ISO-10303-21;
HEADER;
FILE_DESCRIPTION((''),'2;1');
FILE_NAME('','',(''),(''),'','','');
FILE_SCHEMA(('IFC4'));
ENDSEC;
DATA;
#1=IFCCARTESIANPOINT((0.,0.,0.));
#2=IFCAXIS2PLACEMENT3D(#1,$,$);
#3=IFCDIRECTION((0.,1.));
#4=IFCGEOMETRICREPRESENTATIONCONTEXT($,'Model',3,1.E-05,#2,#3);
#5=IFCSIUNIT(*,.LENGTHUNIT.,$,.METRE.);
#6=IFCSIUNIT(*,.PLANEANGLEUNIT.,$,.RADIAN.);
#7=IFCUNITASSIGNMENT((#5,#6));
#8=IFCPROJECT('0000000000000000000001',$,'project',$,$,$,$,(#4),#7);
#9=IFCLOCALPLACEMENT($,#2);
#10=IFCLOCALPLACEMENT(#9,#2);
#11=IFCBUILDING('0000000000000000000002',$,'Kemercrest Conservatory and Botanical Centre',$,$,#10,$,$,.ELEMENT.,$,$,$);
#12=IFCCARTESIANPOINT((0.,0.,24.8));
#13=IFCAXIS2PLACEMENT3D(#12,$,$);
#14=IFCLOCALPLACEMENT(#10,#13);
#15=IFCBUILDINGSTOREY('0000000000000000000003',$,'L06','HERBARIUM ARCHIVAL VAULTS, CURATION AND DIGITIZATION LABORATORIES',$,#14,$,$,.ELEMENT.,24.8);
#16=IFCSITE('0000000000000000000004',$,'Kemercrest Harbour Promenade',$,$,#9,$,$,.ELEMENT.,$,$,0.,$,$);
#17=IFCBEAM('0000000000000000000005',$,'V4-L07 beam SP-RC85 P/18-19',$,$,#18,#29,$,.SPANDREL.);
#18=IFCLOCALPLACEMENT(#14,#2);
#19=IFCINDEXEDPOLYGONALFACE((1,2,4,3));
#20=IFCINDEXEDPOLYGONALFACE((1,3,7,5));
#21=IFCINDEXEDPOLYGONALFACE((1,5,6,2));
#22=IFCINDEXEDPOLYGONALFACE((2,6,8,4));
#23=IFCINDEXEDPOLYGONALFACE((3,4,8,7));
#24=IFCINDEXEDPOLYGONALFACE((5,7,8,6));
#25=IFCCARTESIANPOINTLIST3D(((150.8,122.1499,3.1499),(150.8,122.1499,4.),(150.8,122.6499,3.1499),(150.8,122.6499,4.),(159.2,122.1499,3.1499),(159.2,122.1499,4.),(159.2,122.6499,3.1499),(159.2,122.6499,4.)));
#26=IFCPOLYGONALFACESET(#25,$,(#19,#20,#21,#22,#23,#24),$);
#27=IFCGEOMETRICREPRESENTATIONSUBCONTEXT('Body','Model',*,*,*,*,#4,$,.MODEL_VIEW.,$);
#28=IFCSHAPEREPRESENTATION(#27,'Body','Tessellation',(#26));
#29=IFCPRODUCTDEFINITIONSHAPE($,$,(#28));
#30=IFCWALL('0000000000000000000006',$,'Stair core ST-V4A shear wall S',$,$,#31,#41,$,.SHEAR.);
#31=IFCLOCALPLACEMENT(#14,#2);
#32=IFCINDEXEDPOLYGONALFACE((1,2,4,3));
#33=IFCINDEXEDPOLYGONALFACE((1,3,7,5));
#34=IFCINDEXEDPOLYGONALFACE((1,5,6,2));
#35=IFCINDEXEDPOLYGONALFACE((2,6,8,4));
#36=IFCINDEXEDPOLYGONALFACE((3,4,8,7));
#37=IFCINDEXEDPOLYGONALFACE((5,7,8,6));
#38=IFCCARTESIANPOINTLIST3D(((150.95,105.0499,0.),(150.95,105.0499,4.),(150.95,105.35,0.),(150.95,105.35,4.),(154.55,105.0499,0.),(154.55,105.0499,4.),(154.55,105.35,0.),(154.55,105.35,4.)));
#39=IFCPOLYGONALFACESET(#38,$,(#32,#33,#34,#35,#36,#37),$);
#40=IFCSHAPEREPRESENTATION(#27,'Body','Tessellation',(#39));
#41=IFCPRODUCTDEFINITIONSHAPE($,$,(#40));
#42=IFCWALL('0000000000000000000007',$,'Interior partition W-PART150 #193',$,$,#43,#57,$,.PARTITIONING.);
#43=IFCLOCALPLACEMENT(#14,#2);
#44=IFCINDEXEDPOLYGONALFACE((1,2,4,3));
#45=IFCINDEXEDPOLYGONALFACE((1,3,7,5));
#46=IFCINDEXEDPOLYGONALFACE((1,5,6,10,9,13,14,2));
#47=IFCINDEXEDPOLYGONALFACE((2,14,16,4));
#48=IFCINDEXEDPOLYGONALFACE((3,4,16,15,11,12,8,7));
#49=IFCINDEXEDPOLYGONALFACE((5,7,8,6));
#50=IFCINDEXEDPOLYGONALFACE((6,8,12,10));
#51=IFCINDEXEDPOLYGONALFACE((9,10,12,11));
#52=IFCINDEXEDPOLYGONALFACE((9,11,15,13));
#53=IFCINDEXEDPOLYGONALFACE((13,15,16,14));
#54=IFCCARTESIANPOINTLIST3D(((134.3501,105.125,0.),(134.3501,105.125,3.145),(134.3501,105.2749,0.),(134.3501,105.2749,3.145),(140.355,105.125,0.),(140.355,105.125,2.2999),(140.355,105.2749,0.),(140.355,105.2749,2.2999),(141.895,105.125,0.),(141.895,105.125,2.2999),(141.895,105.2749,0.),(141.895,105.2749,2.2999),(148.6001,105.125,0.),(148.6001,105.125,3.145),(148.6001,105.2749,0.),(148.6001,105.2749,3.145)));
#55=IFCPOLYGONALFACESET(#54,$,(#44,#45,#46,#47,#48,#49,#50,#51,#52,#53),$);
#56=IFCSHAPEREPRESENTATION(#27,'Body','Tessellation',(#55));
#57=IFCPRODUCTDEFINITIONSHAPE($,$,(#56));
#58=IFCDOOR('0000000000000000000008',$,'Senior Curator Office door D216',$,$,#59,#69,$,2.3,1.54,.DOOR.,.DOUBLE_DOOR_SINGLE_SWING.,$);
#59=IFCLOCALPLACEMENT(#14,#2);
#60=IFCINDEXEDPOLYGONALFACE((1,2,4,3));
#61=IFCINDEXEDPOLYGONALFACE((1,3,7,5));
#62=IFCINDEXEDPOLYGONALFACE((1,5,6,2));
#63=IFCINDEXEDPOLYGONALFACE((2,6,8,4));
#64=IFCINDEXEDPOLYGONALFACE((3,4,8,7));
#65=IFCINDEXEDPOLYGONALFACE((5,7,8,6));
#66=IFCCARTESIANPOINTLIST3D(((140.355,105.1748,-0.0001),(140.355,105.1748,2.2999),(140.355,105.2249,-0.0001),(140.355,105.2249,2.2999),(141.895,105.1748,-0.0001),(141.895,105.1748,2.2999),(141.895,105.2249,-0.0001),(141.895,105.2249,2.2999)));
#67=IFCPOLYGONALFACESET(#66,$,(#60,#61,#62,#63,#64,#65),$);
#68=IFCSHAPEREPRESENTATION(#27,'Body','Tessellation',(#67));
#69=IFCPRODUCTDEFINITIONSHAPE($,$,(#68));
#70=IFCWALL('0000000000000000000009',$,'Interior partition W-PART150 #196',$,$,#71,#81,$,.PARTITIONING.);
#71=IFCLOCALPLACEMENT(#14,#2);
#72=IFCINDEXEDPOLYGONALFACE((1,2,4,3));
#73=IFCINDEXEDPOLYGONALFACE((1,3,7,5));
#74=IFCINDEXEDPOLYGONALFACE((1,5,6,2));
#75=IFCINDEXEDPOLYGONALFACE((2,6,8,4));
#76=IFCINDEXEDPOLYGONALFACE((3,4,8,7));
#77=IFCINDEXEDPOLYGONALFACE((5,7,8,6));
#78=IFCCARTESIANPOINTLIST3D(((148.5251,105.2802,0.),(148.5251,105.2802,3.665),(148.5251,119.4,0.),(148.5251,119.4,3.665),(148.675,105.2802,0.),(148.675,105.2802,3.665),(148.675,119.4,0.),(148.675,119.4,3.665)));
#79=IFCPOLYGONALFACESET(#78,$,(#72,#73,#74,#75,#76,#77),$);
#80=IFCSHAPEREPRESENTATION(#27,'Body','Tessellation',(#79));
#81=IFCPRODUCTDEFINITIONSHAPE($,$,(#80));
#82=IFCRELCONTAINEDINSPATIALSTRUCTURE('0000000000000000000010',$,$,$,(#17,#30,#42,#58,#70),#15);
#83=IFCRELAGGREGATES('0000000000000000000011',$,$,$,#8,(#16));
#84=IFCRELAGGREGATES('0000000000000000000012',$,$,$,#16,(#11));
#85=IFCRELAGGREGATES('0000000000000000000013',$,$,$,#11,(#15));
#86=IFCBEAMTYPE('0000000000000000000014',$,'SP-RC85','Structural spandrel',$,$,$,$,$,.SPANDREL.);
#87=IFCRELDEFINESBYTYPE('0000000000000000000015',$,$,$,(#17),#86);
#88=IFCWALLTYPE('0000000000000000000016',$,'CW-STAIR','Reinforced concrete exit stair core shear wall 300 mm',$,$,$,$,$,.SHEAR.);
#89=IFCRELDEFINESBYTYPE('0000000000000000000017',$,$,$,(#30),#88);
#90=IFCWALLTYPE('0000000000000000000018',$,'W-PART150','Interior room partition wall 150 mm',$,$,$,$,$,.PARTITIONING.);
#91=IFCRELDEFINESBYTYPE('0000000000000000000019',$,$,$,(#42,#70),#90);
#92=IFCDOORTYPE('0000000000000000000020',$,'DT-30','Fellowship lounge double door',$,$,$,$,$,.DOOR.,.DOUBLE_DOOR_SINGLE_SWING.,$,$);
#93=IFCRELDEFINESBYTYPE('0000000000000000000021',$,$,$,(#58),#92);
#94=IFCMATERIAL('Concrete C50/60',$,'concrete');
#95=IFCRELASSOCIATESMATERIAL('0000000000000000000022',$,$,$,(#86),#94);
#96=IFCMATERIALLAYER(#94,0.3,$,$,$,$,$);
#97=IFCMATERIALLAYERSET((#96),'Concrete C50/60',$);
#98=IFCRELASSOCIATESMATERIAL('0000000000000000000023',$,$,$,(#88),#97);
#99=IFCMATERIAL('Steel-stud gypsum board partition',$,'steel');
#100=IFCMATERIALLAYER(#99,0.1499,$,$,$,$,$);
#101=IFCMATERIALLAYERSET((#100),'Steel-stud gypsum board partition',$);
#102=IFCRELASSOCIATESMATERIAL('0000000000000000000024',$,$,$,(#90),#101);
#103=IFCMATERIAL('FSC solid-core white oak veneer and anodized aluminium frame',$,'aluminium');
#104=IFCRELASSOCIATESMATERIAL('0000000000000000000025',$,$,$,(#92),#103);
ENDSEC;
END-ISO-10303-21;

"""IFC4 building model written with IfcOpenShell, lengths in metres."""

from ifc_helpers import new_model, si_unit, direction, frame, frame_2d, origin, origin_2d, place, context, subcontext, project, spatial, rectangle, extrude, material, layer, layer_set, material_profile, profile_set, type_object, element, fill, save


model = new_model("IFC4")

# Units and contexts
model_context = context("Model", 3, precision=1e-05, world=origin(), true_north=direction((0.0, 1.0)))
body_context = subcontext(model_context, "Body", "Model", "MODEL_VIEW")
ifc_project = project(units=[si_unit("LENGTHUNIT", "METRE"), si_unit("PLANEANGLEUNIT", "RADIAN")], contexts=[model_context])

# Site, building, storey
site_placement = place(None, origin())
site = spatial("IfcSite", under=ifc_project, at=site_placement, Name="Kemercrest Harbour Promenade", CompositionType="ELEMENT", RefElevation=0.0)
building_placement = place(site_placement, origin())
building = spatial("IfcBuilding", under=site, at=building_placement, Name="Kemercrest Conservatory and Botanical Centre", CompositionType="ELEMENT")
storey_placement = place(building_placement, frame((0.0, 0.0, 24.8)))
storey = spatial("IfcBuildingStorey", under=building, at=storey_placement, Name="L06", Description="HERBARIUM ARCHIVAL VAULTS, CURATION AND DIGITIZATION LABORATORIES", CompositionType="ELEMENT", Elevation=24.8)

# Shared definitions
ifc_material_1 = material(Name="Concrete C50/60", Category="concrete")

# Beam
ifc_material_profile_1 = material_profile(ifc_material_1, rectangle(XDim=0.5, YDim=0.8501, at=origin_2d()), Name="RC 500x850")
ifc_profile_set_1 = profile_set([ifc_material_profile_1], Name="Concrete C50/60")
beam_type_1 = type_object("IfcBeamType", Name="SP-RC85", Description="Structural spandrel", PredefinedType="SPANDREL", material=ifc_profile_set_1)
beam_1_placement = place(storey_placement, frame((150.8, 122.3999, 3.575), z_axis=(1.0, 0.0, 0.0), x_axis=(0.0, 1.0, 0.0)))
element("IfcBeam", 1, at=beam_1_placement, inside=storey, type_object=beam_type_1, Name="V4-L07 beam SP-RC85 P/18-19", PredefinedType="SPANDREL", context=body_context, shape_type="SweptSolid", body=[
    extrude(rectangle(XDim=0.5, YDim=0.8501, at=origin_2d()), origin(), (0.0, 0.0, 1.0), 8.3999),
])

# Wall
ifc_layer_1 = layer(ifc_material_1, 0.3)
ifc_layer_set_1 = layer_set([ifc_layer_1], Name="Concrete C50/60")
wall_type_1 = type_object("IfcWallType", Name="CW-STAIR", Description="Reinforced concrete exit stair core shear wall 300 mm", PredefinedType="SHEAR", material=ifc_layer_set_1)
wall_1_placement = place(storey_placement, frame((150.95, 105.2, 0.0), z_axis=(0.0, 0.0, 1.0), x_axis=(1.0, 0.0, 0.0)))
element("IfcWall", 2, at=wall_1_placement, inside=storey, type_object=wall_type_1, Name="Stair core ST-V4A shear wall S", PredefinedType="SHEAR", context=body_context, shape_type="SweptSolid", body=[
    extrude(rectangle(XDim=3.6001, YDim=0.3, at=frame_2d((1.8, 0.0))), origin(), (0.0, 0.0, 1.0), 4.0),
])

# Wall, opening, door
ifc_material_2 = material(Name="Steel-stud gypsum board partition", Category="steel")
ifc_layer_2 = layer(ifc_material_2, 0.1499)
ifc_layer_set_2 = layer_set([ifc_layer_2], Name="Steel-stud gypsum board partition")
wall_type_2 = type_object("IfcWallType", Name="W-PART150", Description="Interior room partition wall 150 mm", PredefinedType="PARTITIONING", material=ifc_layer_set_2)
wall_2_placement = place(storey_placement, frame((134.3501, 105.2, 0.0), z_axis=(0.0, 0.0, 1.0), x_axis=(1.0, 0.0, 0.0)))
wall_2 = element("IfcWall", 3, at=wall_2_placement, inside=storey, type_object=wall_type_2, Name="Interior partition W-PART150 #193", PredefinedType="PARTITIONING", context=body_context, shape_type="SweptSolid", body=[
    extrude(rectangle(XDim=14.25, YDim=0.1499, at=frame_2d((7.125, 0.0))), origin(), (0.0, 0.0, 1.0), 3.145),
])
opening_placement = place(wall_2_placement, frame((6.0049, 0.0, 0.0)))
opening = element("IfcOpeningElement", 4, at=opening_placement, cuts=wall_2, PredefinedType="OPENING", context=body_context, shape_type="SweptSolid", body=[
    extrude(rectangle(XDim=1.54, YDim=2.3, at=frame_2d((0.77, 1.1499))), frame((0.0, 0.085, 0.0), z_axis=(0.0, -1.0, 0.0), x_axis=(1.0, 0.0, 0.0)), (0.0, 0.0, 1.0), 0.1699),
])
ifc_material_3 = material(Name="FSC solid-core white oak veneer and anodized aluminium frame", Category="aluminium")
door_type = type_object("IfcDoorType", Name="DT-30", Description="Fellowship lounge double door", OperationType="DOUBLE_DOOR_SINGLE_SWING", PredefinedType="DOOR", material=ifc_material_3)
door_placement = place(opening_placement, origin())
door = element("IfcDoor", 5, at=door_placement, inside=storey, type_object=door_type, Name="Senior Curator Office door D216", OperationType="DOUBLE_DOOR_SINGLE_SWING", OverallHeight=2.3, OverallWidth=1.54, PredefinedType="DOOR", context=body_context, shape_type="SweptSolid", body=[
    extrude(rectangle(XDim=1.54, YDim=2.3, at=frame_2d((0.77, 1.1499))), frame((0.0, 0.0249, 0.0), z_axis=(0.0, -1.0, 0.0), x_axis=(1.0, 0.0, 0.0)), (0.0, 0.0, 1.0), 0.05),
])
fill(opening, door)

# Wall
wall_3_placement = place(storey_placement, frame((148.6001, 105.28, 0.0), z_axis=(0.0, 0.0, 1.0), x_axis=(0.0, 1.0, 0.0)))
element("IfcWall", 6, at=wall_3_placement, inside=storey, type_object=wall_type_2, Name="Interior partition W-PART150 #196", PredefinedType="PARTITIONING", context=body_context, shape_type="SweptSolid", body=[
    extrude(rectangle(XDim=14.1199, YDim=0.1499, at=frame_2d((7.0601, 0.0))), origin(), (0.0, 0.0, 1.0), 3.665),
])

save(model, "model.ifc")
